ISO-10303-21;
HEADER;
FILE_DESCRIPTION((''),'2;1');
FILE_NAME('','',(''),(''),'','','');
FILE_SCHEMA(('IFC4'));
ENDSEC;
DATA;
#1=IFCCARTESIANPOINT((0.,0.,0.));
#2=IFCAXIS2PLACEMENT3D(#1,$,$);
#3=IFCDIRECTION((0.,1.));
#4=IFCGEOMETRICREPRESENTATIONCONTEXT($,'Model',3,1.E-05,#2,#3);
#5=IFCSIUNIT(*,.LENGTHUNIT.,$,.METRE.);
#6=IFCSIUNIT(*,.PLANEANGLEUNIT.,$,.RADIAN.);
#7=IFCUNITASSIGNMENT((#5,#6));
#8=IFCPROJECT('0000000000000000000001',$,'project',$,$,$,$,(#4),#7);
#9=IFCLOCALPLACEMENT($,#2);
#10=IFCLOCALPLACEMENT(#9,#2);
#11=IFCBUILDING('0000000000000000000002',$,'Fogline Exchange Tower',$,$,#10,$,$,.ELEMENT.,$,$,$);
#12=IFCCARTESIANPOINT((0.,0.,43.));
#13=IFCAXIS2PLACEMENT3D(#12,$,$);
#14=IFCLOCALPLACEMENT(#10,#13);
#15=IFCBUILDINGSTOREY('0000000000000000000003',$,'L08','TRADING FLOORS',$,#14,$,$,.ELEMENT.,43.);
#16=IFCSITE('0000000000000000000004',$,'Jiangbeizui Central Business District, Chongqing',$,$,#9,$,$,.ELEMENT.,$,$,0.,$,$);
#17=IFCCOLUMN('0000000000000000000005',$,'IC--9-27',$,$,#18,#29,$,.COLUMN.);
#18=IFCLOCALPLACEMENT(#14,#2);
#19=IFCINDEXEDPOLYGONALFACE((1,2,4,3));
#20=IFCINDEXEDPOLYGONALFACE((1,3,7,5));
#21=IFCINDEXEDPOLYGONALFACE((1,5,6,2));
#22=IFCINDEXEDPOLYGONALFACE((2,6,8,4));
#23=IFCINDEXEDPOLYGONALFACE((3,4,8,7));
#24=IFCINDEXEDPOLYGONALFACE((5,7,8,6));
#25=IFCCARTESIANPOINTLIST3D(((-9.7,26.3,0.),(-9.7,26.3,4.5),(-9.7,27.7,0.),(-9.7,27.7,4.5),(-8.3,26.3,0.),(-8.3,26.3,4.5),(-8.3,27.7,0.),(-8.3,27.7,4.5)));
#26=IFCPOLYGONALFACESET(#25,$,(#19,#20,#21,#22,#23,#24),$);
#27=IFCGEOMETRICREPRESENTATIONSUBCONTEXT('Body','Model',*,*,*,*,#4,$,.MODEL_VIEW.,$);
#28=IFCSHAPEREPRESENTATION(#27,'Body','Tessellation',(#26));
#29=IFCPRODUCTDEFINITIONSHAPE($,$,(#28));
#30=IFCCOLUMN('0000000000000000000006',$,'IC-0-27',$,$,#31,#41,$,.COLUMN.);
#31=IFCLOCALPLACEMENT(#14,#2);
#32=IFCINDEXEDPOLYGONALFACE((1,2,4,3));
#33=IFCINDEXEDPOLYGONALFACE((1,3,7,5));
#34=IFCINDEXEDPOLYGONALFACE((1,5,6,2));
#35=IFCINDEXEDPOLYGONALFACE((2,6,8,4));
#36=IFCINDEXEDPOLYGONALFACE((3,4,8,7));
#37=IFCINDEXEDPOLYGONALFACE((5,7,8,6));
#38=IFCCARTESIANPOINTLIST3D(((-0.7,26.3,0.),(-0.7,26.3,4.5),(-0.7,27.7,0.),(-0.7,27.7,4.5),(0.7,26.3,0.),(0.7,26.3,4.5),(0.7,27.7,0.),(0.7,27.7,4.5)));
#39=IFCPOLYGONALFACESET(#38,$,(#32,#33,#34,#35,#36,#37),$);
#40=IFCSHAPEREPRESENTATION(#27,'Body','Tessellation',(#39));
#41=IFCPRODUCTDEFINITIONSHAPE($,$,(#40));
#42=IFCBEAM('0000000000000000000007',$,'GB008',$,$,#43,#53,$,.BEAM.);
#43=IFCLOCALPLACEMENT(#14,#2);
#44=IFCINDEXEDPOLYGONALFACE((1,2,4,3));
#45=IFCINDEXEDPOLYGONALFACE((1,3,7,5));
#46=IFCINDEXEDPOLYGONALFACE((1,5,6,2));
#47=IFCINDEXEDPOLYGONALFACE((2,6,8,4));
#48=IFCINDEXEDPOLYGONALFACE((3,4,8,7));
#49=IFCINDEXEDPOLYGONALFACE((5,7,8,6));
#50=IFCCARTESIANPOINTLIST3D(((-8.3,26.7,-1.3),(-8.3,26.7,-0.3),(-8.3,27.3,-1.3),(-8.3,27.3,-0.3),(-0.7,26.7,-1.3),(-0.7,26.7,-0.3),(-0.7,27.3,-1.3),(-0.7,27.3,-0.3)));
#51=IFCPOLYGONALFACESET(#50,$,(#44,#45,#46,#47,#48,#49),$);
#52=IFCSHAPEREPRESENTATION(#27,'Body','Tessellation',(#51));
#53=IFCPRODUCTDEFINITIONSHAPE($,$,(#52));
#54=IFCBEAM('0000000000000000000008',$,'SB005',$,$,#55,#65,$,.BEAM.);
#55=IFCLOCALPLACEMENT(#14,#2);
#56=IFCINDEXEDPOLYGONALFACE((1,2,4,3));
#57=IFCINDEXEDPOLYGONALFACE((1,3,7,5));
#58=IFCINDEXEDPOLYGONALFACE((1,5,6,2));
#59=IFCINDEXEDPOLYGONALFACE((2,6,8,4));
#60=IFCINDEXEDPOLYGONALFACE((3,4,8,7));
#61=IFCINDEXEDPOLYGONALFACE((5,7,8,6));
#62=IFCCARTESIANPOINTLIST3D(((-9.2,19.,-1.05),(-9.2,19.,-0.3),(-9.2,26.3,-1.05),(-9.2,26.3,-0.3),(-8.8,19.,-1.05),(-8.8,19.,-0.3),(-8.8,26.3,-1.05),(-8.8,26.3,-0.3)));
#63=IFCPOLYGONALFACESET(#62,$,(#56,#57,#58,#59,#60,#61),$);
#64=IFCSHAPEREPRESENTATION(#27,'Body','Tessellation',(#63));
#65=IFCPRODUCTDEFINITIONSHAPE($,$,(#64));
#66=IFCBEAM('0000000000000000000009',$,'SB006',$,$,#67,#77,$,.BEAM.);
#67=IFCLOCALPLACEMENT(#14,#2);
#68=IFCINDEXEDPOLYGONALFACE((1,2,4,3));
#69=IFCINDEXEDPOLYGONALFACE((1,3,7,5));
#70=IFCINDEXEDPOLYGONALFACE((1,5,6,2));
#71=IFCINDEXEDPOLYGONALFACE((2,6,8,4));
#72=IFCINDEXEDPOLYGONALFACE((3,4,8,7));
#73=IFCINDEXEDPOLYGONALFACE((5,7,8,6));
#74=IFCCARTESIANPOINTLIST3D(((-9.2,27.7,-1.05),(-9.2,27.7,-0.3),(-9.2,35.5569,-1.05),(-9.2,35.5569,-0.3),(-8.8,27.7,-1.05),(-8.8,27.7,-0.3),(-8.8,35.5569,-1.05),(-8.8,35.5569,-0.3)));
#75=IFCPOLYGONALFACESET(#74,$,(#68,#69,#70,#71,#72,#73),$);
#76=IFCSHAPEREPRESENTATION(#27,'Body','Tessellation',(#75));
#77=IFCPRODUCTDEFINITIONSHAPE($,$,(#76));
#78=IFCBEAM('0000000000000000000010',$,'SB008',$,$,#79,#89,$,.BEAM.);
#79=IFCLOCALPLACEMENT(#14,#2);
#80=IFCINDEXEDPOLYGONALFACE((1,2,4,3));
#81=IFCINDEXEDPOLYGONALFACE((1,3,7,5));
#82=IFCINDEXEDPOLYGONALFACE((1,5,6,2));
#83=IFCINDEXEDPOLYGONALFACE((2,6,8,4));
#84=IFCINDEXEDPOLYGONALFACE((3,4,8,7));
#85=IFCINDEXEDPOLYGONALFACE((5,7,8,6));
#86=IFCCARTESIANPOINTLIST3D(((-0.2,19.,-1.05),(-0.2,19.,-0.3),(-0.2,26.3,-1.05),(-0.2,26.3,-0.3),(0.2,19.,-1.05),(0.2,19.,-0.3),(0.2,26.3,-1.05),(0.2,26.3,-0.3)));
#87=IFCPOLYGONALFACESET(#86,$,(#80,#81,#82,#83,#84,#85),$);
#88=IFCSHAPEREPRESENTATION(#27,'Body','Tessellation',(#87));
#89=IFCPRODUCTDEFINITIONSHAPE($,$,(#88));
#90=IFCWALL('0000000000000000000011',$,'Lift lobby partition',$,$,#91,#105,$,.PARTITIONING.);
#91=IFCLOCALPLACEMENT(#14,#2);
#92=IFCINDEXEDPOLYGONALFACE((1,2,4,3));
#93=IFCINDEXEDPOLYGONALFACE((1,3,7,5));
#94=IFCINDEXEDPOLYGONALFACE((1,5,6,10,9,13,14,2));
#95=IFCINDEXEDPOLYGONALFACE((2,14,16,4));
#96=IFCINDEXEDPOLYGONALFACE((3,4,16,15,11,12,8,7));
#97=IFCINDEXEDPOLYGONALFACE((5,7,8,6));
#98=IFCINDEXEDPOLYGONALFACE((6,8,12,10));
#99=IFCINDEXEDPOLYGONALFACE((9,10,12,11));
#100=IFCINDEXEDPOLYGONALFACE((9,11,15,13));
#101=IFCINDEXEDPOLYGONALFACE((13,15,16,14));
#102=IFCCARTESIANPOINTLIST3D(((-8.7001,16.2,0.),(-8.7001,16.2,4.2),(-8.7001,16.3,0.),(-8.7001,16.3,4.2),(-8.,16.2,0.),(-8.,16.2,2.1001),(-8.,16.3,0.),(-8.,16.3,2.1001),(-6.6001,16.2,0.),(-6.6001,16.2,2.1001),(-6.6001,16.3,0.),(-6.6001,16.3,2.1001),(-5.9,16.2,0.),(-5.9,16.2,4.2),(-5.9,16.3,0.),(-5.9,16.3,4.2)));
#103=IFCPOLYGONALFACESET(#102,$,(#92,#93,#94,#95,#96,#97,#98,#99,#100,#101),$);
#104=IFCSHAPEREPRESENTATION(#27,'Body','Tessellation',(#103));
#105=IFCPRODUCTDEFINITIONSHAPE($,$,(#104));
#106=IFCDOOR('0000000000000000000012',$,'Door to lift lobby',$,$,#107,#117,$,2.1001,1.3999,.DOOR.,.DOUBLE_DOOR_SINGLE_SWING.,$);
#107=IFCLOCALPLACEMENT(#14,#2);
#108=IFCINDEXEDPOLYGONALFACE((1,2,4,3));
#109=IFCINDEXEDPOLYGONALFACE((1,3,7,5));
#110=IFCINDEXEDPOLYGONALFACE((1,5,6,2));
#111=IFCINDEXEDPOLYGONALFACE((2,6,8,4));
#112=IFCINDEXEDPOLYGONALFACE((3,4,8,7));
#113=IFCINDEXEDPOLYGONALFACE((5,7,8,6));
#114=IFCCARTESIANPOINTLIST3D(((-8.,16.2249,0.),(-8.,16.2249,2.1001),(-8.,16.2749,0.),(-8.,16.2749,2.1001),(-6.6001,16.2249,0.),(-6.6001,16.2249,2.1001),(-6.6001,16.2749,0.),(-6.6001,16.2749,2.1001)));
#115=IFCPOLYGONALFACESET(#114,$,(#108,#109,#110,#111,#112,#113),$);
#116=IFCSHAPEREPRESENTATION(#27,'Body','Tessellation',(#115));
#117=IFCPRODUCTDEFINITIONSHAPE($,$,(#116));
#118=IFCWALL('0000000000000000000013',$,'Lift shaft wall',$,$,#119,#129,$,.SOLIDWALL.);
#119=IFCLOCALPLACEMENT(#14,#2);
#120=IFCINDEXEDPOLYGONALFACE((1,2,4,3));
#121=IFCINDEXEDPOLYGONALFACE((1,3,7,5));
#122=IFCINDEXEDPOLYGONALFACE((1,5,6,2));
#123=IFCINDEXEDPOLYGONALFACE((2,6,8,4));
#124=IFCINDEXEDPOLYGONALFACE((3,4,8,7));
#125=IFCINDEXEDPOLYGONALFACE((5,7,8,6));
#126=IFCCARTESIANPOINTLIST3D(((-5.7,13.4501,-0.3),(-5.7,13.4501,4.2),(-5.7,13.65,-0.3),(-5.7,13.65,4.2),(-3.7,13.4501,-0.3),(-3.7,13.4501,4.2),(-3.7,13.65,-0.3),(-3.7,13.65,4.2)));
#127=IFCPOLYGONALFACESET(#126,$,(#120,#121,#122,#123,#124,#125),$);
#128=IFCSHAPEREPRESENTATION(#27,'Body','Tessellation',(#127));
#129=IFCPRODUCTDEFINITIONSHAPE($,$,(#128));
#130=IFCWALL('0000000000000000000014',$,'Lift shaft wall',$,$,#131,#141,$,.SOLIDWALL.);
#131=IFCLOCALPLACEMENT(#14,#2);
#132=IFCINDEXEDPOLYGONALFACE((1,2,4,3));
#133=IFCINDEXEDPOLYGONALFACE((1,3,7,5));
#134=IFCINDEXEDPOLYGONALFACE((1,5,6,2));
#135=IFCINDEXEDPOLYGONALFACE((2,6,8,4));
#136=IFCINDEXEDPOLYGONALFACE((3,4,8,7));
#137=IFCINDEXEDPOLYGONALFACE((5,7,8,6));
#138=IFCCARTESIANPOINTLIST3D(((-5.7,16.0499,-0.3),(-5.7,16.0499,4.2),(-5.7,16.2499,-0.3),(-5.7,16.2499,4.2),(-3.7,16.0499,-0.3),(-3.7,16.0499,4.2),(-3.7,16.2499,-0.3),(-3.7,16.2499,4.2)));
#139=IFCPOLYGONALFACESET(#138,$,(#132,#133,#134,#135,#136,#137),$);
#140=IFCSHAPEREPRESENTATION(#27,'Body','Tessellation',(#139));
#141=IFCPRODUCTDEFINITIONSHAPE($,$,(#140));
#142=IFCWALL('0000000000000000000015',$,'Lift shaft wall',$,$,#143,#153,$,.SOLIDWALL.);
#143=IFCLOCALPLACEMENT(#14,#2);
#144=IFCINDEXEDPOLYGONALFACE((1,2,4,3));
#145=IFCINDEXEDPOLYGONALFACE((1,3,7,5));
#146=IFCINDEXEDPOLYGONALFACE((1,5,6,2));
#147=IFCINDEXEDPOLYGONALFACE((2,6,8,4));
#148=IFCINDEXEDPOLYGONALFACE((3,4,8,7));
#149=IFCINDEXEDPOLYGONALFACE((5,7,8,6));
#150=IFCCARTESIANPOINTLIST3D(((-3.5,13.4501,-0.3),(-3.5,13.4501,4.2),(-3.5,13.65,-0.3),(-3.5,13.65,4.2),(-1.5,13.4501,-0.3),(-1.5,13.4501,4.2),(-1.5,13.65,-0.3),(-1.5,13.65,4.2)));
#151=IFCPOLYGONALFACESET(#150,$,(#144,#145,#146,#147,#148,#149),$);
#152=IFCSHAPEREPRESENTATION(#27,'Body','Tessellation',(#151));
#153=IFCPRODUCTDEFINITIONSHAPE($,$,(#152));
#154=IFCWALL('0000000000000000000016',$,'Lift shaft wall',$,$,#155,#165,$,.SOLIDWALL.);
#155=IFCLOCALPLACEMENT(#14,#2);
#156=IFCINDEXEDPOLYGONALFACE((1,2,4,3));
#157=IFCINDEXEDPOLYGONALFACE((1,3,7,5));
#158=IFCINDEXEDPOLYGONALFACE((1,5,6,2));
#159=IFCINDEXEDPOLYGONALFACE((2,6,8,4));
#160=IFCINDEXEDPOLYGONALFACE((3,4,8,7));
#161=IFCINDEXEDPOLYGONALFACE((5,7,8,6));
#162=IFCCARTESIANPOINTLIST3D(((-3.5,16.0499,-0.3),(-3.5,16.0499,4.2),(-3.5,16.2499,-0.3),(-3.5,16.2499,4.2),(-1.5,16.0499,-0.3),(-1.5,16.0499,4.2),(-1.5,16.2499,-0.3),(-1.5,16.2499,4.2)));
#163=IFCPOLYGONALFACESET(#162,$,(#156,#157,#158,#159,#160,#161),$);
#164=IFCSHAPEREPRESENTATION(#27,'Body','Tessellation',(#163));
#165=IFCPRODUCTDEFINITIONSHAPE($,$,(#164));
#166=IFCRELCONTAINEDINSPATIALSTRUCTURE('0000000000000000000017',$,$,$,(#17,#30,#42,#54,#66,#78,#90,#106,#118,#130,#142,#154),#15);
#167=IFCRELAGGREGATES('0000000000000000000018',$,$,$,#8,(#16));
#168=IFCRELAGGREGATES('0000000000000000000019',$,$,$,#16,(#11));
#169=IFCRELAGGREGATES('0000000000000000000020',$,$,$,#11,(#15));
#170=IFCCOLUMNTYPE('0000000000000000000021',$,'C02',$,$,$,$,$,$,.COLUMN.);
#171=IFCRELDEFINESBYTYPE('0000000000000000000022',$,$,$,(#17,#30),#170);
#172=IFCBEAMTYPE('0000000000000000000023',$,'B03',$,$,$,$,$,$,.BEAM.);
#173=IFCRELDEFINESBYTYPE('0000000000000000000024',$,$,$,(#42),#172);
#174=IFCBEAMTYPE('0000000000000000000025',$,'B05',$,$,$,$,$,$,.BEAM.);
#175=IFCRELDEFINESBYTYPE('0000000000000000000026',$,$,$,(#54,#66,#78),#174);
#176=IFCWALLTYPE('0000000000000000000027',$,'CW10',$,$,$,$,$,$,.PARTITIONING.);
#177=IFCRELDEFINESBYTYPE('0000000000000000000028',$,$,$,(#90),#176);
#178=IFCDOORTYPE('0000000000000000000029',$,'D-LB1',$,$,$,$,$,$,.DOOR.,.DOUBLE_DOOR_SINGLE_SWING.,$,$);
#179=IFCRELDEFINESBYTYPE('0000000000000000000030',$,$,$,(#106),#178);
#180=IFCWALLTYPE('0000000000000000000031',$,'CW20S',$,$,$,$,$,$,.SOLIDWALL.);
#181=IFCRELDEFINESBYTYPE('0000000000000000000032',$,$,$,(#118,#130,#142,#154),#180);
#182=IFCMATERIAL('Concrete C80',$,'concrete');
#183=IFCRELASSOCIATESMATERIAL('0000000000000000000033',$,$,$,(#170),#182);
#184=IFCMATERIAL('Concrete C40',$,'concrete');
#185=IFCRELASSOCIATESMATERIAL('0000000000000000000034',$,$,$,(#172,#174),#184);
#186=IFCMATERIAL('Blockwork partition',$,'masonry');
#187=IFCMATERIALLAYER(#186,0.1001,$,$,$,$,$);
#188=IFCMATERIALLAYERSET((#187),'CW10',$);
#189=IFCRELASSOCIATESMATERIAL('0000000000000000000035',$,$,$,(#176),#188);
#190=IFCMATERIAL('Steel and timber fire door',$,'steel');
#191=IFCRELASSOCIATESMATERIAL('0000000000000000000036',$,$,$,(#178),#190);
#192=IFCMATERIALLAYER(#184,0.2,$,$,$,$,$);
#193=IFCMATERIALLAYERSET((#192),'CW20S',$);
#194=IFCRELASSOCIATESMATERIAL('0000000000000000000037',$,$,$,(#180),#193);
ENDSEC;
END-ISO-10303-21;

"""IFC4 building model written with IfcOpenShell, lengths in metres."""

from ifc_helpers import new_model, si_unit, direction, frame, frame_2d, origin, origin_2d, place, context, subcontext, project, spatial, rectangle, extrude, material, layer, layer_set, material_profile, profile_set, type_object, element, fill, save


model = new_model("IFC4")

# Units and contexts
model_context = context("Model", 3, precision=1e-05, world=origin(), true_north=direction((0.0, 1.0)))
body_context = subcontext(model_context, "Body", "Model", "MODEL_VIEW")
ifc_project = project(units=[si_unit("LENGTHUNIT", "METRE"), si_unit("PLANEANGLEUNIT", "RADIAN")], contexts=[model_context])

# Site, building, storey
site_placement = place(None, origin())
site = spatial("IfcSite", under=ifc_project, at=site_placement, Name="Jiangbeizui Central Business District, Chongqing", CompositionType="ELEMENT", RefElevation=0.0)
building_placement = place(site_placement, origin())
building = spatial("IfcBuilding", under=site, at=building_placement, Name="Fogline Exchange Tower", CompositionType="ELEMENT")
storey_placement = place(building_placement, frame((0.0, 0.0, 43.0)))
storey = spatial("IfcBuildingStorey", under=building, at=storey_placement, Name="L08", Description="TRADING FLOORS", CompositionType="ELEMENT", Elevation=43.0)

# Columns
ifc_material_1 = material(Name="Concrete C80", Category="concrete")
ifc_material_profile_1 = material_profile(ifc_material_1, rectangle(XDim=1.3999, YDim=1.3999, at=origin_2d()), Name="RC 1400x1400")
ifc_profile_set_1 = profile_set([ifc_material_profile_1], Name="Concrete C80")
column_type = type_object("IfcColumnType", Name="C02", PredefinedType="COLUMN", material=ifc_profile_set_1)
for number, where, z_axis, x_axis, name in (
    (1, (-9.0, 27.0, 0.0), (0.0, 0.0, 1.0), (1.0, 0.0, 0.0), "IC--9-27"),
    (2, (0.0, 27.0, 0.0), (0.0, 0.0, 1.0), (1.0, 0.0, 0.0), "IC-0-27"),
):
    element("IfcColumn", number, at=place(storey_placement, frame(where, z_axis=z_axis, x_axis=x_axis)), inside=storey, type_object=column_type, Name=name, PredefinedType="COLUMN", context=body_context, shape_type="SweptSolid", body=[
        extrude(rectangle(XDim=1.3999, YDim=1.3999, at=origin_2d()), origin(), (0.0, 0.0, 1.0), 4.5),
    ])

# Beams
ifc_material_2 = material(Name="Concrete C40", Category="concrete")
ifc_material_profile_2 = material_profile(ifc_material_2, rectangle(XDim=0.6001, YDim=1.0, at=origin_2d()), Name="RC 600x1000")
ifc_profile_set_2 = profile_set([ifc_material_profile_2], Name="Concrete C40")
beam_type_1 = type_object("IfcBeamType", Name="B03", PredefinedType="BEAM", material=ifc_profile_set_2)
beam_1_placement = place(storey_placement, frame((-8.3, 27.0, -0.8), z_axis=(1.0, 0.0, 0.0), x_axis=(0.0, 1.0, 0.0)))
element("IfcBeam", 3, at=beam_1_placement, inside=storey, type_object=beam_type_1, Name="GB008", PredefinedType="BEAM", context=body_context, shape_type="SweptSolid", body=[
    extrude(rectangle(XDim=0.6001, YDim=1.0, at=origin_2d()), origin(), (0.0, 0.0, 1.0), 7.6001),
])
ifc_material_profile_3 = material_profile(ifc_material_2, rectangle(XDim=0.3999, YDim=0.75, at=origin_2d()), Name="RC 400x750")
ifc_profile_set_3 = profile_set([ifc_material_profile_3], Name="Concrete C40")
beam_type_2 = type_object("IfcBeamType", Name="B05", PredefinedType="BEAM", material=ifc_profile_set_3)
beam_2_placement = place(storey_placement, frame((-9.0, 19.0, -0.675), z_axis=(0.0, 1.0, 0.0), x_axis=(-1.0, 0.0, 0.0)))
element("IfcBeam", 4, at=beam_2_placement, inside=storey, type_object=beam_type_2, Name="SB005", PredefinedType="BEAM", context=body_context, shape_type="SweptSolid", body=[
    extrude(rectangle(XDim=0.3999, YDim=0.75, at=origin_2d()), origin(), (0.0, 0.0, 1.0), 7.3),
])
beam_3_placement = place(storey_placement, frame((-9.0, 27.7, -0.675), z_axis=(0.0, 1.0, 0.0), x_axis=(-1.0, 0.0, 0.0)))
element("IfcBeam", 5, at=beam_3_placement, inside=storey, type_object=beam_type_2, Name="SB006", PredefinedType="BEAM", context=body_context, shape_type="SweptSolid", body=[
    extrude(rectangle(XDim=0.3999, YDim=0.75, at=origin_2d()), origin(), (0.0, 0.0, 1.0), 7.8569),
])
beam_4_placement = place(storey_placement, frame((0.0, 19.0, -0.675), z_axis=(0.0, 1.0, 0.0), x_axis=(-1.0, 0.0, 0.0)))
element("IfcBeam", 6, at=beam_4_placement, inside=storey, type_object=beam_type_2, Name="SB008", PredefinedType="BEAM", context=body_context, shape_type="SweptSolid", body=[
    extrude(rectangle(XDim=0.3999, YDim=0.75, at=origin_2d()), origin(), (0.0, 0.0, 1.0), 7.3),
])

# Wall, opening, door
ifc_material_3 = material(Name="Blockwork partition", Category="masonry")
ifc_layer_1 = layer(ifc_material_3, 0.1001)
ifc_layer_set_1 = layer_set([ifc_layer_1], Name="CW10")
wall_type_1 = type_object("IfcWallType", Name="CW10", PredefinedType="PARTITIONING", material=ifc_layer_set_1)
wall_1_placement = place(storey_placement, frame((-8.7, 16.25, 0.0), z_axis=(0.0, 0.0, 1.0), x_axis=(1.0, 0.0, 0.0)))
wall_1 = element("IfcWall", 7, at=wall_1_placement, inside=storey, type_object=wall_type_1, Name="Lift lobby partition", PredefinedType="PARTITIONING", context=body_context, shape_type="SweptSolid", body=[
    extrude(rectangle(XDim=2.8, YDim=0.1001, at=frame_2d((1.3999, 0.0))), origin(), (0.0, 0.0, 1.0), 4.2),
])
opening_1_placement = place(wall_1_placement, frame((0.7, 0.0, 0.0)))
opening_1 = element("IfcOpeningElement", 8, at=opening_1_placement, cuts=wall_1, PredefinedType="OPENING", context=body_context, shape_type="SweptSolid", body=[
    extrude(rectangle(XDim=1.3999, YDim=2.1001, at=frame_2d((0.7, 1.05))), frame((0.0, 0.0601, 0.0), z_axis=(0.0, -1.0, 0.0), x_axis=(1.0, 0.0, 0.0)), (0.0, 0.0, 1.0), 0.1201),
])
ifc_material_4 = material(Name="Steel and timber fire door", Category="steel")
door_type_1 = type_object("IfcDoorType", Name="D-LB1", OperationType="DOUBLE_DOOR_SINGLE_SWING", PredefinedType="DOOR", material=ifc_material_4)
door_1_placement = place(opening_1_placement, origin())
door_1 = element("IfcDoor", 9, at=door_1_placement, inside=storey, type_object=door_type_1, Name="Door to lift lobby", OperationType="DOUBLE_DOOR_SINGLE_SWING", OverallHeight=2.1001, OverallWidth=1.3999, PredefinedType="DOOR", context=body_context, shape_type="SweptSolid", body=[
    extrude(rectangle(XDim=1.3999, YDim=2.1001, at=frame_2d((0.7, 1.05))), frame((0.0, 0.0249, 0.0), z_axis=(0.0, -1.0, 0.0), x_axis=(1.0, 0.0, 0.0)), (0.0, 0.0, 1.0), 0.05),
])
fill(opening_1, door_1)

# Walls
ifc_layer_2 = layer(ifc_material_2, 0.2)
ifc_layer_set_2 = layer_set([ifc_layer_2], Name="CW20S")
wall_type_2 = type_object("IfcWallType", Name="CW20S", PredefinedType="SOLIDWALL", material=ifc_layer_set_2)
for number, where, z_axis, x_axis, name in (
    (10, (-5.7, 13.55, -0.3), (0.0, 0.0, 1.0), (1.0, 0.0, 0.0), "Lift shaft wall"),
    (11, (-5.7, 16.1499, -0.3), (0.0, 0.0, 1.0), (1.0, 0.0, 0.0), "Lift shaft wall"),
    (12, (-3.5, 13.55, -0.3), (0.0, 0.0, 1.0), (1.0, 0.0, 0.0), "Lift shaft wall"),
    (13, (-3.5, 16.1499, -0.3), (0.0, 0.0, 1.0), (1.0, 0.0, 0.0), "Lift shaft wall"),
):
    element("IfcWall", number, at=place(storey_placement, frame(where, z_axis=z_axis, x_axis=x_axis)), inside=storey, type_object=wall_type_2, Name=name, PredefinedType="SOLIDWALL", context=body_context, shape_type="SweptSolid", body=[
        extrude(rectangle(XDim=2.0, YDim=0.2, at=frame_2d((1.0, 0.0))), origin(), (0.0, 0.0, 1.0), 4.5),
    ])

save(model, "model.ifc")
